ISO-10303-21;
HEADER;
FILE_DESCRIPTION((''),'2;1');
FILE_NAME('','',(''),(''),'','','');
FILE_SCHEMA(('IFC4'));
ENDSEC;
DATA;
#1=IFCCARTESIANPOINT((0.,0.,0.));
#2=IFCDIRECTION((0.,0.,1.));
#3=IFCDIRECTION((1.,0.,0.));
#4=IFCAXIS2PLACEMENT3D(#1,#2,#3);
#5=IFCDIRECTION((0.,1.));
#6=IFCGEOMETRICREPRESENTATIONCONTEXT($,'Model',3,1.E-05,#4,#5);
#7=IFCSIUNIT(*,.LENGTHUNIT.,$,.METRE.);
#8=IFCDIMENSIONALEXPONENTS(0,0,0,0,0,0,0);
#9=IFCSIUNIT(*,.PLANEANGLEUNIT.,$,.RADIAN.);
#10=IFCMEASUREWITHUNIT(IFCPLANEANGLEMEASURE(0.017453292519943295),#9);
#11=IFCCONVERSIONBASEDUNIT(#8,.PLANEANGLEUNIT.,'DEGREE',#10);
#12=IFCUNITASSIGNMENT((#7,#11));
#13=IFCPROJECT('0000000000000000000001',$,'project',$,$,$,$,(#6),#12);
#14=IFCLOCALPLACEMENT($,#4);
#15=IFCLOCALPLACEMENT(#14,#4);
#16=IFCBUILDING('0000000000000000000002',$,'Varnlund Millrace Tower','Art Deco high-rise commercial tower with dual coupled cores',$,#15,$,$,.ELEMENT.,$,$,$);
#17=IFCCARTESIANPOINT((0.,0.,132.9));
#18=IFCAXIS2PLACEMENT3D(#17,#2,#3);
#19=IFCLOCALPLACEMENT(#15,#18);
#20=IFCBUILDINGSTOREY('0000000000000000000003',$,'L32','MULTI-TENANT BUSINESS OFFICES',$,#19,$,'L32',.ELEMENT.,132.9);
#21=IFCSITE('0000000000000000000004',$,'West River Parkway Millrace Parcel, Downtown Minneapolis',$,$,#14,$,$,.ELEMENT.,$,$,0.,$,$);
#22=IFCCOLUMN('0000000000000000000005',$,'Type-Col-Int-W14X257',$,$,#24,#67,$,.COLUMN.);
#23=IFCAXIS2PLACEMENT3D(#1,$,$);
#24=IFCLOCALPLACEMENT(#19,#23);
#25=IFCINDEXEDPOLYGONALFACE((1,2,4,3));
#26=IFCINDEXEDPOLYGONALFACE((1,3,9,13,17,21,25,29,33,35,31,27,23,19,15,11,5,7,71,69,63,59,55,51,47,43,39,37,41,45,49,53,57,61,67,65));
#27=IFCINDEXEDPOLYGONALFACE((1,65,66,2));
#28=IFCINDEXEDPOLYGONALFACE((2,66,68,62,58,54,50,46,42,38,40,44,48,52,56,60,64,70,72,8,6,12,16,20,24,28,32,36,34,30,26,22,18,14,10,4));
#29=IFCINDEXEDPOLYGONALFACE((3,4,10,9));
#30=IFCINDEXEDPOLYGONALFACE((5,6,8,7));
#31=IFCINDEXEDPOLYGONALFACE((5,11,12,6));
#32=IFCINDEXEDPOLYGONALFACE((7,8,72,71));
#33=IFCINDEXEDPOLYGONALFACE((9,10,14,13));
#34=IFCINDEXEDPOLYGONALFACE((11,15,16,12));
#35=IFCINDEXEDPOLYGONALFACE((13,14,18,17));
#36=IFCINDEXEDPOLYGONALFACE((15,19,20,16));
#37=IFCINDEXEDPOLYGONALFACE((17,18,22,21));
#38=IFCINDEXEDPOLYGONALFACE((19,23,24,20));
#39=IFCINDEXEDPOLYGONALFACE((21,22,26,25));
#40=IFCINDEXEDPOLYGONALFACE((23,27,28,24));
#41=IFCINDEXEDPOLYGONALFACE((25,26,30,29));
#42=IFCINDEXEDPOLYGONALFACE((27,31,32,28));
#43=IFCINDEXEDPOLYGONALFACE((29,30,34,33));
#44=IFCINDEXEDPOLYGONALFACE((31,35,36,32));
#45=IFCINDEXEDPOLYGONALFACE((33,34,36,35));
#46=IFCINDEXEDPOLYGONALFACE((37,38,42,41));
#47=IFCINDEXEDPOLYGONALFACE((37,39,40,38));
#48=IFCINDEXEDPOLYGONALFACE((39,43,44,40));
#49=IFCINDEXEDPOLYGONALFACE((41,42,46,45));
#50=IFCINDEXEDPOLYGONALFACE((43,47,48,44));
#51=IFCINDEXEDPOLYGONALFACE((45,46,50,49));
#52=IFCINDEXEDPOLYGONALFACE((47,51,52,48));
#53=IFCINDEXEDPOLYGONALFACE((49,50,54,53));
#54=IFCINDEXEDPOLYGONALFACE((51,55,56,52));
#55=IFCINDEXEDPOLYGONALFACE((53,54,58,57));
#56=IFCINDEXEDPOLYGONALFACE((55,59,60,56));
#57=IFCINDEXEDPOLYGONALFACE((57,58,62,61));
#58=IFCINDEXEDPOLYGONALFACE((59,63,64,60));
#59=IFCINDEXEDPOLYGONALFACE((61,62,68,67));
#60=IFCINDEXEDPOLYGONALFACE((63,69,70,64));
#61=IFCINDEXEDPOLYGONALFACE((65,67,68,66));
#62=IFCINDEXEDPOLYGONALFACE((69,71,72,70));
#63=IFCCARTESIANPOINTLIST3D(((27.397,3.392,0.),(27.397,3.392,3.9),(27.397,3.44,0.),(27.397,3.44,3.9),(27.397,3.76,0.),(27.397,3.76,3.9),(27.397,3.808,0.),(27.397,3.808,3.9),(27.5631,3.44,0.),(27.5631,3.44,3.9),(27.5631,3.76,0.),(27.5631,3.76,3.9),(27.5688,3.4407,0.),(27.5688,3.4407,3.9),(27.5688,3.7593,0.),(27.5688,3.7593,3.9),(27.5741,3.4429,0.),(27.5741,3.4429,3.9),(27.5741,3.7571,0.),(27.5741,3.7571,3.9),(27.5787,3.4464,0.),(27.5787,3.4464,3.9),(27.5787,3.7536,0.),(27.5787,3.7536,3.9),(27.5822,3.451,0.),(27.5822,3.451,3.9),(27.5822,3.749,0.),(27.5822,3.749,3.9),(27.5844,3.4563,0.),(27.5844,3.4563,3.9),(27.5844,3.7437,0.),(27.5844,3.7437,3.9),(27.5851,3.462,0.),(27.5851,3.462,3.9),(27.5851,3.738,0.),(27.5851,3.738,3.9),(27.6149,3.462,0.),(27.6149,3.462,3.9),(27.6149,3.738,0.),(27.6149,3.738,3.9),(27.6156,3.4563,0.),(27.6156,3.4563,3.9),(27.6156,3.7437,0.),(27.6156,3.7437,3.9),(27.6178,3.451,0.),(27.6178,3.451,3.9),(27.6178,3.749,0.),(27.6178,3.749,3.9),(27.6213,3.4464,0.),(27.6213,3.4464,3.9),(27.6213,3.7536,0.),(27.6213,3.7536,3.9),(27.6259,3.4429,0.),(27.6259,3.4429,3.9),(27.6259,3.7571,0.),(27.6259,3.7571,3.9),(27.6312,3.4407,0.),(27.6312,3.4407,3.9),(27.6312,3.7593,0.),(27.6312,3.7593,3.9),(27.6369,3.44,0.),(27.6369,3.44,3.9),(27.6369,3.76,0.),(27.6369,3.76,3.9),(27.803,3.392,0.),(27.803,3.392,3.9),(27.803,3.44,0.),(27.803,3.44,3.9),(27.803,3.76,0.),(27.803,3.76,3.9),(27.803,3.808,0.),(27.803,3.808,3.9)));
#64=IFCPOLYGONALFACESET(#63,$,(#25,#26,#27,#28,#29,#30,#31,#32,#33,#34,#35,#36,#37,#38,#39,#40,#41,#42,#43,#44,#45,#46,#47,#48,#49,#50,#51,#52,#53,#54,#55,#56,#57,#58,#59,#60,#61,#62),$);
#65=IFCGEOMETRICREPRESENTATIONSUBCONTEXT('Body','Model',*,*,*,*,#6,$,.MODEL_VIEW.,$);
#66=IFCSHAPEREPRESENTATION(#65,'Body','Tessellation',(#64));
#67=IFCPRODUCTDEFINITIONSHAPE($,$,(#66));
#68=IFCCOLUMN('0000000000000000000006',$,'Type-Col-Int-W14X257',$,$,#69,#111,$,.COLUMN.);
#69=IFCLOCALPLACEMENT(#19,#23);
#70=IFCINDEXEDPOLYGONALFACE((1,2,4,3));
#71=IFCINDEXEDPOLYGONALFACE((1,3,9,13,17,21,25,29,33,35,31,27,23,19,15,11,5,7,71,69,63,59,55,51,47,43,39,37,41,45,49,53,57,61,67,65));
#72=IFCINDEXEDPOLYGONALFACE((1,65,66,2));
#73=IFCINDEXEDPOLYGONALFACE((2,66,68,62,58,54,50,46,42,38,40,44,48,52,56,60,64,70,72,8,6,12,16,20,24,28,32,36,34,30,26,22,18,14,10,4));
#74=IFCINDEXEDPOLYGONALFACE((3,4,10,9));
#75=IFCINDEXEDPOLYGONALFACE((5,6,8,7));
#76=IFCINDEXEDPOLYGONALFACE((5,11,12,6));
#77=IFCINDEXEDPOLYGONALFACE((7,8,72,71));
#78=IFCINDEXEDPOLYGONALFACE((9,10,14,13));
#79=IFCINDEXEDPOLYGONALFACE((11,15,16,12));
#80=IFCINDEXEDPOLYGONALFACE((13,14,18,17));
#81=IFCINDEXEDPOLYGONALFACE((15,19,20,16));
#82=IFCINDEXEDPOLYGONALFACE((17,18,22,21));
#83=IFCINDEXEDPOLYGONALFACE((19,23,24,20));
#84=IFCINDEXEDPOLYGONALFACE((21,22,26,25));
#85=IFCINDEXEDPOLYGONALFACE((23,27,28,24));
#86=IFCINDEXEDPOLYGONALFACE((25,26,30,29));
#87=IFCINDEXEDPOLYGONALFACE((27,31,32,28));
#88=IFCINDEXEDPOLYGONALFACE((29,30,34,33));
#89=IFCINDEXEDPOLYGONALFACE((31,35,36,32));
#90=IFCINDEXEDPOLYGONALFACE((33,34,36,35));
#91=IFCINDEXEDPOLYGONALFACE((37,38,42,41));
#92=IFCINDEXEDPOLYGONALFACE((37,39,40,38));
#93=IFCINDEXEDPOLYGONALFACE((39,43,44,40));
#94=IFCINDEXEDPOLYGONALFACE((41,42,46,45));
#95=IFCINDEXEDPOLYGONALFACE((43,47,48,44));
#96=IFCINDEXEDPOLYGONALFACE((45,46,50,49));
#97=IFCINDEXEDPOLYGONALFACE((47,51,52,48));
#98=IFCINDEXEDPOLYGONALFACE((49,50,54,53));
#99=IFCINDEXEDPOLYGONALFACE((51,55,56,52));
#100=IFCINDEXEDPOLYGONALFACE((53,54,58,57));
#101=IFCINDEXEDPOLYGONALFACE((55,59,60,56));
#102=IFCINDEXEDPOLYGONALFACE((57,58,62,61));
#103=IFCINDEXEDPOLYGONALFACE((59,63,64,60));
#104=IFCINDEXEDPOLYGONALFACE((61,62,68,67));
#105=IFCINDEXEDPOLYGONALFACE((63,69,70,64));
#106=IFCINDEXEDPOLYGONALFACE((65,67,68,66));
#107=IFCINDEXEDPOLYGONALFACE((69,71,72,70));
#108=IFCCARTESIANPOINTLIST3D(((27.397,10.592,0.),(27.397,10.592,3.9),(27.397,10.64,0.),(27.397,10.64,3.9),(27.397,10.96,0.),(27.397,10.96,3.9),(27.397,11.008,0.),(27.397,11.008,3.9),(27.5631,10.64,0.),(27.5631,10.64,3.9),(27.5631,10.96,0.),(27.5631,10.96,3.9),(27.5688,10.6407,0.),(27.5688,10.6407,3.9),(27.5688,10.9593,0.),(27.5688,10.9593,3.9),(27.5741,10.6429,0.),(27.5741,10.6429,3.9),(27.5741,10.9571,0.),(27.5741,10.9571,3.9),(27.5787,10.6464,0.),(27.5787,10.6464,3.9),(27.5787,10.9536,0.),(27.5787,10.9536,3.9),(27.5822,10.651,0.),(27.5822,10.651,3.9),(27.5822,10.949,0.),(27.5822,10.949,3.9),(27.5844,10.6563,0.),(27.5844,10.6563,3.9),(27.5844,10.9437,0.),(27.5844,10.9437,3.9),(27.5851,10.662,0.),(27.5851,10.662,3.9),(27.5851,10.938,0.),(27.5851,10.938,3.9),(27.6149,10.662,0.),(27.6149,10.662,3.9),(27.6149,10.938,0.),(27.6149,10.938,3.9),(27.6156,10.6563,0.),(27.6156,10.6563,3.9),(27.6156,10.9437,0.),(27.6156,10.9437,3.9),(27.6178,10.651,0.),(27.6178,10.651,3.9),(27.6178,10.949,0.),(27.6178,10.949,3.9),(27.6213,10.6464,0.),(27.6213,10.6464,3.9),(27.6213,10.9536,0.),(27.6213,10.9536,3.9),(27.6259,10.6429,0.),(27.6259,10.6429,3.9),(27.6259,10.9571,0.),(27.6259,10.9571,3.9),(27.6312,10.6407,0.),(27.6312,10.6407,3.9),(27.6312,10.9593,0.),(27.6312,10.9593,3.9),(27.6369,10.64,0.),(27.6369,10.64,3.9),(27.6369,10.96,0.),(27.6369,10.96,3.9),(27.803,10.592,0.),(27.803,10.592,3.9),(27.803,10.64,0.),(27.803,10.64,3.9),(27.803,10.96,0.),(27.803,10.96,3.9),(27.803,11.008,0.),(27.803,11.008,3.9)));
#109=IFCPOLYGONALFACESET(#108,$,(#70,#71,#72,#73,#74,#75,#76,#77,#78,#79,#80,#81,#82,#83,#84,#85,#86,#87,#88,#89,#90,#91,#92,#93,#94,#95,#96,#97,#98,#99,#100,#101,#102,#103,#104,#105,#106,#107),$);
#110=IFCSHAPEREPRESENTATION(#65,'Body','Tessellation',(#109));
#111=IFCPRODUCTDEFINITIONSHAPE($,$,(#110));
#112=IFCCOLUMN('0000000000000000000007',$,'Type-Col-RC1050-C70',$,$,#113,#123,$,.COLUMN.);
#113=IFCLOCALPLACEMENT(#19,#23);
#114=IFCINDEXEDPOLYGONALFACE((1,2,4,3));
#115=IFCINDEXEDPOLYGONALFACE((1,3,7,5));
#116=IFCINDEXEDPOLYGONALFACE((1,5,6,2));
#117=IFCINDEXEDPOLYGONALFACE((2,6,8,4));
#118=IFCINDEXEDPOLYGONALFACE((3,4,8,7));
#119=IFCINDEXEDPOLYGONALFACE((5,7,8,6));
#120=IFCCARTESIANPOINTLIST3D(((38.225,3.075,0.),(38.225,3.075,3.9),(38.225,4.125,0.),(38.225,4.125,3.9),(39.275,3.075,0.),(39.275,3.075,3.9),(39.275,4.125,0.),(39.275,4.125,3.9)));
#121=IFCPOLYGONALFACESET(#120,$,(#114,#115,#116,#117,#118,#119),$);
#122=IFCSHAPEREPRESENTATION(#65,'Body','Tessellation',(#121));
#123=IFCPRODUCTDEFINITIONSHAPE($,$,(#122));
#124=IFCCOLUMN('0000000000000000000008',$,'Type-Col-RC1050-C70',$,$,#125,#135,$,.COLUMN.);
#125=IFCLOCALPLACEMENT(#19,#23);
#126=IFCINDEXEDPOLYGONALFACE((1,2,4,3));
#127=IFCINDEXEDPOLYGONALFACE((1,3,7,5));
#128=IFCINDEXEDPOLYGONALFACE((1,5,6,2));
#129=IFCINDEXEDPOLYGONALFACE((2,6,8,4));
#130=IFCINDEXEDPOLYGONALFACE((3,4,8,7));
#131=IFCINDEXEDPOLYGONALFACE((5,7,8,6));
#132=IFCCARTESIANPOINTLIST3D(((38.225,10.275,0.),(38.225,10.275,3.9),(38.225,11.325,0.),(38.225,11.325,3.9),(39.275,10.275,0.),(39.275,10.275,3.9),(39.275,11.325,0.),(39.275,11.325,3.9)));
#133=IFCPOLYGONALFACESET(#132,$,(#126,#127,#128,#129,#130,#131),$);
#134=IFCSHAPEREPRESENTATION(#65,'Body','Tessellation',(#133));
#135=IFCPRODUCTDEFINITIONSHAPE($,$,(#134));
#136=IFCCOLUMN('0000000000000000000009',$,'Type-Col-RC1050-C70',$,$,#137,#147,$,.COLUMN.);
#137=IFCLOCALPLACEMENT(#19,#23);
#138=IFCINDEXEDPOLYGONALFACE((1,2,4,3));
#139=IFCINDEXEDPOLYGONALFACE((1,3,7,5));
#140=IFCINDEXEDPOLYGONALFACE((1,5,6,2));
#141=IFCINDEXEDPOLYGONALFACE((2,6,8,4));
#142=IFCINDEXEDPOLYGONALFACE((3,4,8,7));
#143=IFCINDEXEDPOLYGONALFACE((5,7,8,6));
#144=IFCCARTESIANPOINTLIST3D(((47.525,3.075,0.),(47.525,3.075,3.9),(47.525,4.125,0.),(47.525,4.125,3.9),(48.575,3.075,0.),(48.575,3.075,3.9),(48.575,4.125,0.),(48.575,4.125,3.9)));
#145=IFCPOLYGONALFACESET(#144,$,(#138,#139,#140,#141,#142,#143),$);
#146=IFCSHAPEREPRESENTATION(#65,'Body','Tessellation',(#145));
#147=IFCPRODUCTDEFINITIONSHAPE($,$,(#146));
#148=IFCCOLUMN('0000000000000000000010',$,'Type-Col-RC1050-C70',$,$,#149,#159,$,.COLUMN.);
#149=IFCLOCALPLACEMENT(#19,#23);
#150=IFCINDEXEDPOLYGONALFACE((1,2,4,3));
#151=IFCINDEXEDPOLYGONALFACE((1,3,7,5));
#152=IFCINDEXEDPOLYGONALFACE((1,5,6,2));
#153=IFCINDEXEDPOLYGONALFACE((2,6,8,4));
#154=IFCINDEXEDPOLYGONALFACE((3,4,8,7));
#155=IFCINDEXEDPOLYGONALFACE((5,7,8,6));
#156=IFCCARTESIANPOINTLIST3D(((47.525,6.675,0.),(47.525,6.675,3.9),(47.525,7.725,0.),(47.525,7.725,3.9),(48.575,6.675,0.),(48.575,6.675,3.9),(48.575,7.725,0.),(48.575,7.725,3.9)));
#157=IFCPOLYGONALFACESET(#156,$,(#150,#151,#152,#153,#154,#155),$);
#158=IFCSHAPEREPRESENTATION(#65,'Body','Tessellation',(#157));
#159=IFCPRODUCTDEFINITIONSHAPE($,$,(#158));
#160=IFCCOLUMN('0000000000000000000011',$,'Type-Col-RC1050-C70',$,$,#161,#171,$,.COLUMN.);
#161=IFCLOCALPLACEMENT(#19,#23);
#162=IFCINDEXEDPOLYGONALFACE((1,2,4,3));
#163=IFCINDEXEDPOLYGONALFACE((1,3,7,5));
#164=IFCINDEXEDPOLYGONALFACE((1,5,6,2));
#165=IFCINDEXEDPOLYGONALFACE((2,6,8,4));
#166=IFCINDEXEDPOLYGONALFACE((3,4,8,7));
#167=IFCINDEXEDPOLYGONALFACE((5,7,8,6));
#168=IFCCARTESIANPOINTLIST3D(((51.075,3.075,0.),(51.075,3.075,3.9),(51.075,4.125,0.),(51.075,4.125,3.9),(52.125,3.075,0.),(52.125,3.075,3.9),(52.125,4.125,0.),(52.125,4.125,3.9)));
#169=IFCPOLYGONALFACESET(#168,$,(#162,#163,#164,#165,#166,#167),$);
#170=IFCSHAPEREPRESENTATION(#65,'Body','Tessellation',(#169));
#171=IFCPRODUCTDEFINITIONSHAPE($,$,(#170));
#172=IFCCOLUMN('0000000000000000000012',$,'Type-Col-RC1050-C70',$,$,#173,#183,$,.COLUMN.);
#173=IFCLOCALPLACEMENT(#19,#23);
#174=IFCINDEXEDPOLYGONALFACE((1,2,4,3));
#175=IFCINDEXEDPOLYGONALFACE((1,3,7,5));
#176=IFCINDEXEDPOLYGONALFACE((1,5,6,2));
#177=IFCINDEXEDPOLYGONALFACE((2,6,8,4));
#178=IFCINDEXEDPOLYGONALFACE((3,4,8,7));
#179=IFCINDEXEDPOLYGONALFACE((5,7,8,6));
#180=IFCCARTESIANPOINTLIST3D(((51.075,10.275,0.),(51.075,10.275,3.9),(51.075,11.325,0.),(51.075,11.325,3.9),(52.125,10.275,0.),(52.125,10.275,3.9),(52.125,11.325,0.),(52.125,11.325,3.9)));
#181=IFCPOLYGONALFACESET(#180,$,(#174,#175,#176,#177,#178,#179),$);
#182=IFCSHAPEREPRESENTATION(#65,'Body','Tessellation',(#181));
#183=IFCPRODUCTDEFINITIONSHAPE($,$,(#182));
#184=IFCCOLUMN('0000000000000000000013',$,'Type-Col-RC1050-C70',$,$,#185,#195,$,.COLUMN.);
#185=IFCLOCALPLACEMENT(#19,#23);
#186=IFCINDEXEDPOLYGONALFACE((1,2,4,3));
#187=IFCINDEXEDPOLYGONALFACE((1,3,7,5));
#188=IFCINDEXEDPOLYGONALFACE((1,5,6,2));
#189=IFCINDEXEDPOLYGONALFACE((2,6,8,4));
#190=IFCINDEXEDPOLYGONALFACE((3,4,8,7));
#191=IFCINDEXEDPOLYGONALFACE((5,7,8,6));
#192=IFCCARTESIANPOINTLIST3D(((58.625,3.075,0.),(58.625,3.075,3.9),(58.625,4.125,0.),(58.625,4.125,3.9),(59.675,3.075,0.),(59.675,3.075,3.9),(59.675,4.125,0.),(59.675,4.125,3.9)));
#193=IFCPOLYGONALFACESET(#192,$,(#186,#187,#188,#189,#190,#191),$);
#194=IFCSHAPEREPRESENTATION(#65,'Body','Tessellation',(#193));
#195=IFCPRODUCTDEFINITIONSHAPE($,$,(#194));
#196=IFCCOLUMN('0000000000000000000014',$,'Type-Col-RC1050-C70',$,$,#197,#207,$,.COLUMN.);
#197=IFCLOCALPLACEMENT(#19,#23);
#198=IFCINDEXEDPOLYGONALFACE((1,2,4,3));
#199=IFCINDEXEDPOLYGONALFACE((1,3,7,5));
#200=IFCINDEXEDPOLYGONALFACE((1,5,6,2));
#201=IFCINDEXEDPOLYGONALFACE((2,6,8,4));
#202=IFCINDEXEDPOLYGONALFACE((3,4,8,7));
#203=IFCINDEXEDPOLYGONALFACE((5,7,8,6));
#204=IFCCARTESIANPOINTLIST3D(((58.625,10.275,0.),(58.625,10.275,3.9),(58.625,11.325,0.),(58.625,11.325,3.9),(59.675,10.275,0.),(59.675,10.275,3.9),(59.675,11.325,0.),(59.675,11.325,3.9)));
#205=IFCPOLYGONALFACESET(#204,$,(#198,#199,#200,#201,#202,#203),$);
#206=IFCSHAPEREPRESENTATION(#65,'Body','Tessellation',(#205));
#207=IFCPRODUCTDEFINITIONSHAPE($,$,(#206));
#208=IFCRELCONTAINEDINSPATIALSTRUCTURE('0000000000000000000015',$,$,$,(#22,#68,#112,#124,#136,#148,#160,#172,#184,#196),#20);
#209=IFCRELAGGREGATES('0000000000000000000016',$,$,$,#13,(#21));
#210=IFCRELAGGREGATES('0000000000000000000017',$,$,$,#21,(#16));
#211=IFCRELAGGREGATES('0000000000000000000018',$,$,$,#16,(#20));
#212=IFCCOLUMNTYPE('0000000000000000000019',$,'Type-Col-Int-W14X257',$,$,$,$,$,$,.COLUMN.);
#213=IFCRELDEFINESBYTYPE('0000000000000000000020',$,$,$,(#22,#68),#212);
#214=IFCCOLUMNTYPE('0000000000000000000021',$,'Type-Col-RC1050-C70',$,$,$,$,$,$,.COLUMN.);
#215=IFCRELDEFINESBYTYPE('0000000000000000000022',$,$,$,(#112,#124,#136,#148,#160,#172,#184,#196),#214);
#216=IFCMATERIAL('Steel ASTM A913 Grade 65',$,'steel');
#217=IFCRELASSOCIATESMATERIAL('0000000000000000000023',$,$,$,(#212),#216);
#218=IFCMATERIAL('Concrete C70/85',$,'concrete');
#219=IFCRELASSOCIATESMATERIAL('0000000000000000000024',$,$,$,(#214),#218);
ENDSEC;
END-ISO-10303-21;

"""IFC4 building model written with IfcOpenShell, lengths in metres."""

from ifc_helpers import new_model, entity, si_unit, converted_unit, direction, frame, origin_with_axes, origin_2d_with_axis, place, context, subcontext, project, spatial, rectangle, i_section, extrude, material, material_profile, profile_set, type_object, element, save


model = new_model("IFC4")

# Units and contexts
model_context = context("Model", 3, precision=1e-05, world=origin_with_axes(), true_north=direction((0.0, 1.0)))
body_context = subcontext(model_context, "Body", "Model", "MODEL_VIEW")
ifc_project = project(units=[si_unit("LENGTHUNIT", "METRE"), converted_unit("PLANEANGLEUNIT", "DEGREE", entity("IfcPlaneAngleMeasure", 0.017453292519943295), si_unit("PLANEANGLEUNIT", "RADIAN"), dimensions=[0, 0, 0, 0, 0, 0, 0])], contexts=[model_context])

# Site, building, storey
site_placement = place(None, origin_with_axes())
site = spatial("IfcSite", under=ifc_project, at=site_placement, Name="West River Parkway Millrace Parcel, Downtown Minneapolis", CompositionType="ELEMENT", RefElevation=0.0)
building_placement = place(site_placement, origin_with_axes())
building = spatial("IfcBuilding", under=site, at=building_placement, Name="Varnlund Millrace Tower", Description="Art Deco high-rise commercial tower with dual coupled cores", CompositionType="ELEMENT")
storey_placement = place(building_placement, frame((0.0, 0.0, 132.9), z_axis=(0.0, 0.0, 1.0), x_axis=(1.0, 0.0, 0.0)))
storey = spatial("IfcBuildingStorey", under=building, at=storey_placement, Name="L32", Description="MULTI-TENANT BUSINESS OFFICES", LongName="L32", CompositionType="ELEMENT", Elevation=132.9)

# Columns
ifc_material_1 = material(Name="Steel ASTM A913 Grade 65", Category="steel")
ifc_material_profile_1 = material_profile(ifc_material_1, i_section(OverallWidth=0.406, OverallDepth=0.416, WebThickness=0.0298, FlangeThickness=0.048, FilletRadius=0.022, at=origin_2d_with_axis()), Name="Steel ASTM A913 Grade 65")
ifc_profile_set_1 = profile_set([ifc_material_profile_1], Name="Steel ASTM A913 Grade 65")
column_type_1 = type_object("IfcColumnType", Name="Type-Col-Int-W14X257", PredefinedType="COLUMN", material=ifc_profile_set_1)
for number, where, z_axis, x_axis, name in (
    (1, (27.6, 3.6, 0.0), (0.0, 0.0, 1.0), (1.0, 0.0, 0.0), "Type-Col-Int-W14X257"),
    (2, (27.6, 10.8, 0.0), (0.0, 0.0, 1.0), (1.0, 0.0, 0.0), "Type-Col-Int-W14X257"),
):
    element("IfcColumn", number, at=place(storey_placement, frame(where, z_axis=z_axis, x_axis=x_axis)), inside=storey, type_object=column_type_1, Name=name, PredefinedType="COLUMN", context=body_context, shape_type="SweptSolid", body=[
        extrude(i_section(OverallWidth=0.406, OverallDepth=0.416, WebThickness=0.0298, FlangeThickness=0.048, FilletRadius=0.022, at=origin_2d_with_axis()), origin_with_axes(), (0.0, 0.0, 1.0), 3.9),
    ])
ifc_material_2 = material(Name="Concrete C70/85", Category="concrete")
ifc_material_profile_2 = material_profile(ifc_material_2, rectangle(XDim=1.05, YDim=1.05, at=origin_2d_with_axis()), Name="Concrete C70/85")
ifc_profile_set_2 = profile_set([ifc_material_profile_2], Name="Concrete C70/85")
column_type_2 = type_object("IfcColumnType", Name="Type-Col-RC1050-C70", PredefinedType="COLUMN", material=ifc_profile_set_2)
for number, where, z_axis, x_axis, name in (
    (3, (38.75, 3.6, 0.0), (0.0, 0.0, 1.0), (1.0, 0.0, 0.0), "Type-Col-RC1050-C70"),
    (4, (38.75, 10.8, 0.0), (0.0, 0.0, 1.0), (1.0, 0.0, 0.0), "Type-Col-RC1050-C70"),
    (5, (48.05, 3.6, 0.0), (0.0, 0.0, 1.0), (1.0, 0.0, 0.0), "Type-Col-RC1050-C70"),
    (6, (48.05, 7.2, 0.0), (0.0, 0.0, 1.0), (1.0, 0.0, 0.0), "Type-Col-RC1050-C70"),
    (7, (51.6, 3.6, 0.0), (0.0, 0.0, 1.0), (1.0, 0.0, 0.0), "Type-Col-RC1050-C70"),
    (8, (51.6, 10.8, 0.0), (0.0, 0.0, 1.0), (1.0, 0.0, 0.0), "Type-Col-RC1050-C70"),
    (9, (59.15, 3.6, 0.0), (0.0, 0.0, 1.0), (1.0, 0.0, 0.0), "Type-Col-RC1050-C70"),
    (10, (59.15, 10.8, 0.0), (0.0, 0.0, 1.0), (1.0, 0.0, 0.0), "Type-Col-RC1050-C70"),
):
    element("IfcColumn", number, at=place(storey_placement, frame(where, z_axis=z_axis, x_axis=x_axis)), inside=storey, type_object=column_type_2, Name=name, PredefinedType="COLUMN", context=body_context, shape_type="SweptSolid", body=[
        extrude(rectangle(XDim=1.05, YDim=1.05, at=origin_2d_with_axis()), origin_with_axes(), (0.0, 0.0, 1.0), 3.9),
    ])

save(model, "model.ifc")
